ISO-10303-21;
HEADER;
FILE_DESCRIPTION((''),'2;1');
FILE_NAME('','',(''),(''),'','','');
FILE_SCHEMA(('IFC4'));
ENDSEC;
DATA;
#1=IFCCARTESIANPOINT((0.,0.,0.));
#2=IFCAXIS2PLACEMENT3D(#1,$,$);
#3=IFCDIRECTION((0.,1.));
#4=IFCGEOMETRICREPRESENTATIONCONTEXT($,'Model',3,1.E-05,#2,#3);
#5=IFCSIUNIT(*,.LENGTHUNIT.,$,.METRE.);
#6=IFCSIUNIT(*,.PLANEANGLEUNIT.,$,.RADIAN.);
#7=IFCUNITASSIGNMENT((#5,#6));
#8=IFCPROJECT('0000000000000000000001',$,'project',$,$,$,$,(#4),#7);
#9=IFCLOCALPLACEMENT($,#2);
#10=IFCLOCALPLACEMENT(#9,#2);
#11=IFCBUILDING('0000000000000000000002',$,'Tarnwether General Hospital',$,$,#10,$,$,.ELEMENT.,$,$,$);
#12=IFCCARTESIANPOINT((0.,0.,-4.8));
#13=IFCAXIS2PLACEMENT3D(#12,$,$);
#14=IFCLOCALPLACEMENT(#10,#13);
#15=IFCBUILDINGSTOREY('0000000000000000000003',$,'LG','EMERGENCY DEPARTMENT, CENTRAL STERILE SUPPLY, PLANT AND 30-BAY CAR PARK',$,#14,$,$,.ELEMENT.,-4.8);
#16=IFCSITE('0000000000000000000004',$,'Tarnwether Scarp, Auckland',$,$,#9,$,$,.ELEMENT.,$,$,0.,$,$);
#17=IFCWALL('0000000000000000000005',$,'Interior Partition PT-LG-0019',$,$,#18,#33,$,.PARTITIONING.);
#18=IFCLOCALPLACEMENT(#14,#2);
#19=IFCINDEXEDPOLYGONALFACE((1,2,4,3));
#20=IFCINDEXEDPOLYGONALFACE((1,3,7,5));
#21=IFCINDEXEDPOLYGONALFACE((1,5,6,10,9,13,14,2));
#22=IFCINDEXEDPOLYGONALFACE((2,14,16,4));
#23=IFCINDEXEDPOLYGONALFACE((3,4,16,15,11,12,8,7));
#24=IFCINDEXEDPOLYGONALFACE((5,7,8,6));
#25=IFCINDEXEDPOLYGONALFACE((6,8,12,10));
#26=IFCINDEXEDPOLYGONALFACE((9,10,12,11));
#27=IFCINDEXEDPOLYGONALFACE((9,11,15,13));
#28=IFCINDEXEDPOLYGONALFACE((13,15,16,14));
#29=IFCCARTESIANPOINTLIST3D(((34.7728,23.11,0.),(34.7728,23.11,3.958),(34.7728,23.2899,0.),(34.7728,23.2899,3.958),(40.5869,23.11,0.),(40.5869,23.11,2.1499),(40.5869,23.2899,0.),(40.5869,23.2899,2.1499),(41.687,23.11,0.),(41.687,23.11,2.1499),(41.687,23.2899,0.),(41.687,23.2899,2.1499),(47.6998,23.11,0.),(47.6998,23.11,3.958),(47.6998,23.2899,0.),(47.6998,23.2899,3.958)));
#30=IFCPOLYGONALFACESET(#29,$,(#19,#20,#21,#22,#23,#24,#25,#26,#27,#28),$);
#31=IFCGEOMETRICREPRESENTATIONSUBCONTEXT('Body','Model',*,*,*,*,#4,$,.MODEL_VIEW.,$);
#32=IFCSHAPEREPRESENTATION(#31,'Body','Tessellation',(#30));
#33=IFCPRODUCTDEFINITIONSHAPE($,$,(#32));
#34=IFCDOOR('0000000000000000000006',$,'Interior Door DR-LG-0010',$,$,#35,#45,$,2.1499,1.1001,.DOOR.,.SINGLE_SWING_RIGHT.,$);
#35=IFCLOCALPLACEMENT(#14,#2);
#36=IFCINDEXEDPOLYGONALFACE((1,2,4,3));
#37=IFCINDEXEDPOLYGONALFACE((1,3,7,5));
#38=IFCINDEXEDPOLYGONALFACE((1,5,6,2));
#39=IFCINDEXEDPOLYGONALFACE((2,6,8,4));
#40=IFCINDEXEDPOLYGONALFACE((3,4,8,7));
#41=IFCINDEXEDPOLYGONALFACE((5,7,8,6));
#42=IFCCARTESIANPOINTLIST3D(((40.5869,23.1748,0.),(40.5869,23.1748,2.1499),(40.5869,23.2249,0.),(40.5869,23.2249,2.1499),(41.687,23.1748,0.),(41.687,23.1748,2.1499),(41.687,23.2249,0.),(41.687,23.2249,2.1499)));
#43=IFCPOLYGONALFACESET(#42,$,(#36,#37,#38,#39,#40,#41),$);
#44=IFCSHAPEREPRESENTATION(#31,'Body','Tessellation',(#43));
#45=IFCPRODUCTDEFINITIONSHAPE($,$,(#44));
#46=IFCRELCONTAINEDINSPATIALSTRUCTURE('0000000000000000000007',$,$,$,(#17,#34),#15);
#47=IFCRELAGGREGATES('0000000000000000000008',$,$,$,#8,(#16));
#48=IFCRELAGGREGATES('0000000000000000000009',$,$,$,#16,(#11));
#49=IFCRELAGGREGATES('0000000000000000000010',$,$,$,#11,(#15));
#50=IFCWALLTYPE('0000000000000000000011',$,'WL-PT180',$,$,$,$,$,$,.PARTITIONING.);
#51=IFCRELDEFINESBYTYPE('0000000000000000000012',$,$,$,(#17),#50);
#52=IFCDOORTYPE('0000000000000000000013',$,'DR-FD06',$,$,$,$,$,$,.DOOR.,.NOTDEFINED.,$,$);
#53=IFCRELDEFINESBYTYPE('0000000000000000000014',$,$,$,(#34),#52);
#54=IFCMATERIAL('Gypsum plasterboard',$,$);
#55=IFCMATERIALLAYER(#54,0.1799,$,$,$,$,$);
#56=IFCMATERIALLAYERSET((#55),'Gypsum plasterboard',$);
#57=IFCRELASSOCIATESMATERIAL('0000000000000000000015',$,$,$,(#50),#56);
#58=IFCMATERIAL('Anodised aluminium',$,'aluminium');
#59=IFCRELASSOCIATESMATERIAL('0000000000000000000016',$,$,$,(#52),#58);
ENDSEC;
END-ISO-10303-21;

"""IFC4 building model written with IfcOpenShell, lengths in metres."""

from ifc_helpers import new_model, si_unit, direction, frame, frame_2d, origin, place, context, subcontext, project, spatial, rectangle, extrude, material, layer, layer_set, type_object, element, fill, save


model = new_model("IFC4")

# Units and contexts
model_context = context("Model", 3, precision=1e-05, world=origin(), true_north=direction((0.0, 1.0)))
body_context = subcontext(model_context, "Body", "Model", "MODEL_VIEW")
ifc_project = project(units=[si_unit("LENGTHUNIT", "METRE"), si_unit("PLANEANGLEUNIT", "RADIAN")], contexts=[model_context])

# Site, building, storey
site_placement = place(None, origin())
site = spatial("IfcSite", under=ifc_project, at=site_placement, Name="Tarnwether Scarp, Auckland", CompositionType="ELEMENT", RefElevation=0.0)
building_placement = place(site_placement, origin())
building = spatial("IfcBuilding", under=site, at=building_placement, Name="Tarnwether General Hospital", CompositionType="ELEMENT")
storey_placement = place(building_placement, frame((0.0, 0.0, -4.8)))
storey = spatial("IfcBuildingStorey", under=building, at=storey_placement, Name="LG", Description="EMERGENCY DEPARTMENT, CENTRAL STERILE SUPPLY, PLANT AND 30-BAY CAR PARK", CompositionType="ELEMENT", Elevation=-4.8)

# Shared definitions
ifc_material_1 = material(Name="Gypsum plasterboard")
ifc_layer = layer(ifc_material_1, 0.1799)
ifc_layer_set = layer_set([ifc_layer], Name="Gypsum plasterboard")
wall_type = type_object("IfcWallType", Name="WL-PT180", PredefinedType="PARTITIONING", material=ifc_layer_set)

# Wall, opening, door
wall_1_placement = place(storey_placement, frame((34.7729, 23.2, 0.0), z_axis=(0.0, 0.0, 1.0), x_axis=(1.0, 0.0, 0.0)))
wall_1 = element("IfcWall", 1, at=wall_1_placement, inside=storey, type_object=wall_type, Name="Interior Partition PT-LG-0019", PredefinedType="PARTITIONING", context=body_context, shape_type="SweptSolid", body=[
    extrude(rectangle(XDim=12.927, YDim=0.1799, at=frame_2d((6.4634, 0.0))), origin(), (0.0, 0.0, 1.0), 3.958),
])
opening_placement = place(wall_1_placement, frame((5.814, 0.0, 0.0)))
opening = element("IfcOpeningElement", 2, at=opening_placement, cuts=wall_1, PredefinedType="OPENING", context=body_context, shape_type="SweptSolid", body=[
    extrude(rectangle(XDim=1.1001, YDim=2.1499, at=frame_2d((0.55, 1.075))), frame((0.0, 0.1001, 0.0), z_axis=(0.0, -1.0, 0.0), x_axis=(1.0, 0.0, 0.0)), (0.0, 0.0, 1.0), 0.2),
])
ifc_material_2 = material(Name="Anodised aluminium", Category="aluminium")
door_type = type_object("IfcDoorType", Name="DR-FD06", OperationType="NOTDEFINED", PredefinedType="DOOR", material=ifc_material_2)
door_placement = place(opening_placement, origin())
door = element("IfcDoor", 3, at=door_placement, inside=storey, type_object=door_type, Name="Interior Door DR-LG-0010", OperationType="SINGLE_SWING_RIGHT", OverallHeight=2.1499, OverallWidth=1.1001, PredefinedType="DOOR", context=body_context, shape_type="SweptSolid", body=[
    extrude(rectangle(XDim=1.1001, YDim=2.1499, at=frame_2d((0.55, 1.075))), frame((0.0, 0.0249, 0.0), z_axis=(0.0, -1.0, 0.0), x_axis=(1.0, 0.0, 0.0)), (0.0, 0.0, 1.0), 0.05),
])
fill(opening, door)

save(model, "model.ifc")
